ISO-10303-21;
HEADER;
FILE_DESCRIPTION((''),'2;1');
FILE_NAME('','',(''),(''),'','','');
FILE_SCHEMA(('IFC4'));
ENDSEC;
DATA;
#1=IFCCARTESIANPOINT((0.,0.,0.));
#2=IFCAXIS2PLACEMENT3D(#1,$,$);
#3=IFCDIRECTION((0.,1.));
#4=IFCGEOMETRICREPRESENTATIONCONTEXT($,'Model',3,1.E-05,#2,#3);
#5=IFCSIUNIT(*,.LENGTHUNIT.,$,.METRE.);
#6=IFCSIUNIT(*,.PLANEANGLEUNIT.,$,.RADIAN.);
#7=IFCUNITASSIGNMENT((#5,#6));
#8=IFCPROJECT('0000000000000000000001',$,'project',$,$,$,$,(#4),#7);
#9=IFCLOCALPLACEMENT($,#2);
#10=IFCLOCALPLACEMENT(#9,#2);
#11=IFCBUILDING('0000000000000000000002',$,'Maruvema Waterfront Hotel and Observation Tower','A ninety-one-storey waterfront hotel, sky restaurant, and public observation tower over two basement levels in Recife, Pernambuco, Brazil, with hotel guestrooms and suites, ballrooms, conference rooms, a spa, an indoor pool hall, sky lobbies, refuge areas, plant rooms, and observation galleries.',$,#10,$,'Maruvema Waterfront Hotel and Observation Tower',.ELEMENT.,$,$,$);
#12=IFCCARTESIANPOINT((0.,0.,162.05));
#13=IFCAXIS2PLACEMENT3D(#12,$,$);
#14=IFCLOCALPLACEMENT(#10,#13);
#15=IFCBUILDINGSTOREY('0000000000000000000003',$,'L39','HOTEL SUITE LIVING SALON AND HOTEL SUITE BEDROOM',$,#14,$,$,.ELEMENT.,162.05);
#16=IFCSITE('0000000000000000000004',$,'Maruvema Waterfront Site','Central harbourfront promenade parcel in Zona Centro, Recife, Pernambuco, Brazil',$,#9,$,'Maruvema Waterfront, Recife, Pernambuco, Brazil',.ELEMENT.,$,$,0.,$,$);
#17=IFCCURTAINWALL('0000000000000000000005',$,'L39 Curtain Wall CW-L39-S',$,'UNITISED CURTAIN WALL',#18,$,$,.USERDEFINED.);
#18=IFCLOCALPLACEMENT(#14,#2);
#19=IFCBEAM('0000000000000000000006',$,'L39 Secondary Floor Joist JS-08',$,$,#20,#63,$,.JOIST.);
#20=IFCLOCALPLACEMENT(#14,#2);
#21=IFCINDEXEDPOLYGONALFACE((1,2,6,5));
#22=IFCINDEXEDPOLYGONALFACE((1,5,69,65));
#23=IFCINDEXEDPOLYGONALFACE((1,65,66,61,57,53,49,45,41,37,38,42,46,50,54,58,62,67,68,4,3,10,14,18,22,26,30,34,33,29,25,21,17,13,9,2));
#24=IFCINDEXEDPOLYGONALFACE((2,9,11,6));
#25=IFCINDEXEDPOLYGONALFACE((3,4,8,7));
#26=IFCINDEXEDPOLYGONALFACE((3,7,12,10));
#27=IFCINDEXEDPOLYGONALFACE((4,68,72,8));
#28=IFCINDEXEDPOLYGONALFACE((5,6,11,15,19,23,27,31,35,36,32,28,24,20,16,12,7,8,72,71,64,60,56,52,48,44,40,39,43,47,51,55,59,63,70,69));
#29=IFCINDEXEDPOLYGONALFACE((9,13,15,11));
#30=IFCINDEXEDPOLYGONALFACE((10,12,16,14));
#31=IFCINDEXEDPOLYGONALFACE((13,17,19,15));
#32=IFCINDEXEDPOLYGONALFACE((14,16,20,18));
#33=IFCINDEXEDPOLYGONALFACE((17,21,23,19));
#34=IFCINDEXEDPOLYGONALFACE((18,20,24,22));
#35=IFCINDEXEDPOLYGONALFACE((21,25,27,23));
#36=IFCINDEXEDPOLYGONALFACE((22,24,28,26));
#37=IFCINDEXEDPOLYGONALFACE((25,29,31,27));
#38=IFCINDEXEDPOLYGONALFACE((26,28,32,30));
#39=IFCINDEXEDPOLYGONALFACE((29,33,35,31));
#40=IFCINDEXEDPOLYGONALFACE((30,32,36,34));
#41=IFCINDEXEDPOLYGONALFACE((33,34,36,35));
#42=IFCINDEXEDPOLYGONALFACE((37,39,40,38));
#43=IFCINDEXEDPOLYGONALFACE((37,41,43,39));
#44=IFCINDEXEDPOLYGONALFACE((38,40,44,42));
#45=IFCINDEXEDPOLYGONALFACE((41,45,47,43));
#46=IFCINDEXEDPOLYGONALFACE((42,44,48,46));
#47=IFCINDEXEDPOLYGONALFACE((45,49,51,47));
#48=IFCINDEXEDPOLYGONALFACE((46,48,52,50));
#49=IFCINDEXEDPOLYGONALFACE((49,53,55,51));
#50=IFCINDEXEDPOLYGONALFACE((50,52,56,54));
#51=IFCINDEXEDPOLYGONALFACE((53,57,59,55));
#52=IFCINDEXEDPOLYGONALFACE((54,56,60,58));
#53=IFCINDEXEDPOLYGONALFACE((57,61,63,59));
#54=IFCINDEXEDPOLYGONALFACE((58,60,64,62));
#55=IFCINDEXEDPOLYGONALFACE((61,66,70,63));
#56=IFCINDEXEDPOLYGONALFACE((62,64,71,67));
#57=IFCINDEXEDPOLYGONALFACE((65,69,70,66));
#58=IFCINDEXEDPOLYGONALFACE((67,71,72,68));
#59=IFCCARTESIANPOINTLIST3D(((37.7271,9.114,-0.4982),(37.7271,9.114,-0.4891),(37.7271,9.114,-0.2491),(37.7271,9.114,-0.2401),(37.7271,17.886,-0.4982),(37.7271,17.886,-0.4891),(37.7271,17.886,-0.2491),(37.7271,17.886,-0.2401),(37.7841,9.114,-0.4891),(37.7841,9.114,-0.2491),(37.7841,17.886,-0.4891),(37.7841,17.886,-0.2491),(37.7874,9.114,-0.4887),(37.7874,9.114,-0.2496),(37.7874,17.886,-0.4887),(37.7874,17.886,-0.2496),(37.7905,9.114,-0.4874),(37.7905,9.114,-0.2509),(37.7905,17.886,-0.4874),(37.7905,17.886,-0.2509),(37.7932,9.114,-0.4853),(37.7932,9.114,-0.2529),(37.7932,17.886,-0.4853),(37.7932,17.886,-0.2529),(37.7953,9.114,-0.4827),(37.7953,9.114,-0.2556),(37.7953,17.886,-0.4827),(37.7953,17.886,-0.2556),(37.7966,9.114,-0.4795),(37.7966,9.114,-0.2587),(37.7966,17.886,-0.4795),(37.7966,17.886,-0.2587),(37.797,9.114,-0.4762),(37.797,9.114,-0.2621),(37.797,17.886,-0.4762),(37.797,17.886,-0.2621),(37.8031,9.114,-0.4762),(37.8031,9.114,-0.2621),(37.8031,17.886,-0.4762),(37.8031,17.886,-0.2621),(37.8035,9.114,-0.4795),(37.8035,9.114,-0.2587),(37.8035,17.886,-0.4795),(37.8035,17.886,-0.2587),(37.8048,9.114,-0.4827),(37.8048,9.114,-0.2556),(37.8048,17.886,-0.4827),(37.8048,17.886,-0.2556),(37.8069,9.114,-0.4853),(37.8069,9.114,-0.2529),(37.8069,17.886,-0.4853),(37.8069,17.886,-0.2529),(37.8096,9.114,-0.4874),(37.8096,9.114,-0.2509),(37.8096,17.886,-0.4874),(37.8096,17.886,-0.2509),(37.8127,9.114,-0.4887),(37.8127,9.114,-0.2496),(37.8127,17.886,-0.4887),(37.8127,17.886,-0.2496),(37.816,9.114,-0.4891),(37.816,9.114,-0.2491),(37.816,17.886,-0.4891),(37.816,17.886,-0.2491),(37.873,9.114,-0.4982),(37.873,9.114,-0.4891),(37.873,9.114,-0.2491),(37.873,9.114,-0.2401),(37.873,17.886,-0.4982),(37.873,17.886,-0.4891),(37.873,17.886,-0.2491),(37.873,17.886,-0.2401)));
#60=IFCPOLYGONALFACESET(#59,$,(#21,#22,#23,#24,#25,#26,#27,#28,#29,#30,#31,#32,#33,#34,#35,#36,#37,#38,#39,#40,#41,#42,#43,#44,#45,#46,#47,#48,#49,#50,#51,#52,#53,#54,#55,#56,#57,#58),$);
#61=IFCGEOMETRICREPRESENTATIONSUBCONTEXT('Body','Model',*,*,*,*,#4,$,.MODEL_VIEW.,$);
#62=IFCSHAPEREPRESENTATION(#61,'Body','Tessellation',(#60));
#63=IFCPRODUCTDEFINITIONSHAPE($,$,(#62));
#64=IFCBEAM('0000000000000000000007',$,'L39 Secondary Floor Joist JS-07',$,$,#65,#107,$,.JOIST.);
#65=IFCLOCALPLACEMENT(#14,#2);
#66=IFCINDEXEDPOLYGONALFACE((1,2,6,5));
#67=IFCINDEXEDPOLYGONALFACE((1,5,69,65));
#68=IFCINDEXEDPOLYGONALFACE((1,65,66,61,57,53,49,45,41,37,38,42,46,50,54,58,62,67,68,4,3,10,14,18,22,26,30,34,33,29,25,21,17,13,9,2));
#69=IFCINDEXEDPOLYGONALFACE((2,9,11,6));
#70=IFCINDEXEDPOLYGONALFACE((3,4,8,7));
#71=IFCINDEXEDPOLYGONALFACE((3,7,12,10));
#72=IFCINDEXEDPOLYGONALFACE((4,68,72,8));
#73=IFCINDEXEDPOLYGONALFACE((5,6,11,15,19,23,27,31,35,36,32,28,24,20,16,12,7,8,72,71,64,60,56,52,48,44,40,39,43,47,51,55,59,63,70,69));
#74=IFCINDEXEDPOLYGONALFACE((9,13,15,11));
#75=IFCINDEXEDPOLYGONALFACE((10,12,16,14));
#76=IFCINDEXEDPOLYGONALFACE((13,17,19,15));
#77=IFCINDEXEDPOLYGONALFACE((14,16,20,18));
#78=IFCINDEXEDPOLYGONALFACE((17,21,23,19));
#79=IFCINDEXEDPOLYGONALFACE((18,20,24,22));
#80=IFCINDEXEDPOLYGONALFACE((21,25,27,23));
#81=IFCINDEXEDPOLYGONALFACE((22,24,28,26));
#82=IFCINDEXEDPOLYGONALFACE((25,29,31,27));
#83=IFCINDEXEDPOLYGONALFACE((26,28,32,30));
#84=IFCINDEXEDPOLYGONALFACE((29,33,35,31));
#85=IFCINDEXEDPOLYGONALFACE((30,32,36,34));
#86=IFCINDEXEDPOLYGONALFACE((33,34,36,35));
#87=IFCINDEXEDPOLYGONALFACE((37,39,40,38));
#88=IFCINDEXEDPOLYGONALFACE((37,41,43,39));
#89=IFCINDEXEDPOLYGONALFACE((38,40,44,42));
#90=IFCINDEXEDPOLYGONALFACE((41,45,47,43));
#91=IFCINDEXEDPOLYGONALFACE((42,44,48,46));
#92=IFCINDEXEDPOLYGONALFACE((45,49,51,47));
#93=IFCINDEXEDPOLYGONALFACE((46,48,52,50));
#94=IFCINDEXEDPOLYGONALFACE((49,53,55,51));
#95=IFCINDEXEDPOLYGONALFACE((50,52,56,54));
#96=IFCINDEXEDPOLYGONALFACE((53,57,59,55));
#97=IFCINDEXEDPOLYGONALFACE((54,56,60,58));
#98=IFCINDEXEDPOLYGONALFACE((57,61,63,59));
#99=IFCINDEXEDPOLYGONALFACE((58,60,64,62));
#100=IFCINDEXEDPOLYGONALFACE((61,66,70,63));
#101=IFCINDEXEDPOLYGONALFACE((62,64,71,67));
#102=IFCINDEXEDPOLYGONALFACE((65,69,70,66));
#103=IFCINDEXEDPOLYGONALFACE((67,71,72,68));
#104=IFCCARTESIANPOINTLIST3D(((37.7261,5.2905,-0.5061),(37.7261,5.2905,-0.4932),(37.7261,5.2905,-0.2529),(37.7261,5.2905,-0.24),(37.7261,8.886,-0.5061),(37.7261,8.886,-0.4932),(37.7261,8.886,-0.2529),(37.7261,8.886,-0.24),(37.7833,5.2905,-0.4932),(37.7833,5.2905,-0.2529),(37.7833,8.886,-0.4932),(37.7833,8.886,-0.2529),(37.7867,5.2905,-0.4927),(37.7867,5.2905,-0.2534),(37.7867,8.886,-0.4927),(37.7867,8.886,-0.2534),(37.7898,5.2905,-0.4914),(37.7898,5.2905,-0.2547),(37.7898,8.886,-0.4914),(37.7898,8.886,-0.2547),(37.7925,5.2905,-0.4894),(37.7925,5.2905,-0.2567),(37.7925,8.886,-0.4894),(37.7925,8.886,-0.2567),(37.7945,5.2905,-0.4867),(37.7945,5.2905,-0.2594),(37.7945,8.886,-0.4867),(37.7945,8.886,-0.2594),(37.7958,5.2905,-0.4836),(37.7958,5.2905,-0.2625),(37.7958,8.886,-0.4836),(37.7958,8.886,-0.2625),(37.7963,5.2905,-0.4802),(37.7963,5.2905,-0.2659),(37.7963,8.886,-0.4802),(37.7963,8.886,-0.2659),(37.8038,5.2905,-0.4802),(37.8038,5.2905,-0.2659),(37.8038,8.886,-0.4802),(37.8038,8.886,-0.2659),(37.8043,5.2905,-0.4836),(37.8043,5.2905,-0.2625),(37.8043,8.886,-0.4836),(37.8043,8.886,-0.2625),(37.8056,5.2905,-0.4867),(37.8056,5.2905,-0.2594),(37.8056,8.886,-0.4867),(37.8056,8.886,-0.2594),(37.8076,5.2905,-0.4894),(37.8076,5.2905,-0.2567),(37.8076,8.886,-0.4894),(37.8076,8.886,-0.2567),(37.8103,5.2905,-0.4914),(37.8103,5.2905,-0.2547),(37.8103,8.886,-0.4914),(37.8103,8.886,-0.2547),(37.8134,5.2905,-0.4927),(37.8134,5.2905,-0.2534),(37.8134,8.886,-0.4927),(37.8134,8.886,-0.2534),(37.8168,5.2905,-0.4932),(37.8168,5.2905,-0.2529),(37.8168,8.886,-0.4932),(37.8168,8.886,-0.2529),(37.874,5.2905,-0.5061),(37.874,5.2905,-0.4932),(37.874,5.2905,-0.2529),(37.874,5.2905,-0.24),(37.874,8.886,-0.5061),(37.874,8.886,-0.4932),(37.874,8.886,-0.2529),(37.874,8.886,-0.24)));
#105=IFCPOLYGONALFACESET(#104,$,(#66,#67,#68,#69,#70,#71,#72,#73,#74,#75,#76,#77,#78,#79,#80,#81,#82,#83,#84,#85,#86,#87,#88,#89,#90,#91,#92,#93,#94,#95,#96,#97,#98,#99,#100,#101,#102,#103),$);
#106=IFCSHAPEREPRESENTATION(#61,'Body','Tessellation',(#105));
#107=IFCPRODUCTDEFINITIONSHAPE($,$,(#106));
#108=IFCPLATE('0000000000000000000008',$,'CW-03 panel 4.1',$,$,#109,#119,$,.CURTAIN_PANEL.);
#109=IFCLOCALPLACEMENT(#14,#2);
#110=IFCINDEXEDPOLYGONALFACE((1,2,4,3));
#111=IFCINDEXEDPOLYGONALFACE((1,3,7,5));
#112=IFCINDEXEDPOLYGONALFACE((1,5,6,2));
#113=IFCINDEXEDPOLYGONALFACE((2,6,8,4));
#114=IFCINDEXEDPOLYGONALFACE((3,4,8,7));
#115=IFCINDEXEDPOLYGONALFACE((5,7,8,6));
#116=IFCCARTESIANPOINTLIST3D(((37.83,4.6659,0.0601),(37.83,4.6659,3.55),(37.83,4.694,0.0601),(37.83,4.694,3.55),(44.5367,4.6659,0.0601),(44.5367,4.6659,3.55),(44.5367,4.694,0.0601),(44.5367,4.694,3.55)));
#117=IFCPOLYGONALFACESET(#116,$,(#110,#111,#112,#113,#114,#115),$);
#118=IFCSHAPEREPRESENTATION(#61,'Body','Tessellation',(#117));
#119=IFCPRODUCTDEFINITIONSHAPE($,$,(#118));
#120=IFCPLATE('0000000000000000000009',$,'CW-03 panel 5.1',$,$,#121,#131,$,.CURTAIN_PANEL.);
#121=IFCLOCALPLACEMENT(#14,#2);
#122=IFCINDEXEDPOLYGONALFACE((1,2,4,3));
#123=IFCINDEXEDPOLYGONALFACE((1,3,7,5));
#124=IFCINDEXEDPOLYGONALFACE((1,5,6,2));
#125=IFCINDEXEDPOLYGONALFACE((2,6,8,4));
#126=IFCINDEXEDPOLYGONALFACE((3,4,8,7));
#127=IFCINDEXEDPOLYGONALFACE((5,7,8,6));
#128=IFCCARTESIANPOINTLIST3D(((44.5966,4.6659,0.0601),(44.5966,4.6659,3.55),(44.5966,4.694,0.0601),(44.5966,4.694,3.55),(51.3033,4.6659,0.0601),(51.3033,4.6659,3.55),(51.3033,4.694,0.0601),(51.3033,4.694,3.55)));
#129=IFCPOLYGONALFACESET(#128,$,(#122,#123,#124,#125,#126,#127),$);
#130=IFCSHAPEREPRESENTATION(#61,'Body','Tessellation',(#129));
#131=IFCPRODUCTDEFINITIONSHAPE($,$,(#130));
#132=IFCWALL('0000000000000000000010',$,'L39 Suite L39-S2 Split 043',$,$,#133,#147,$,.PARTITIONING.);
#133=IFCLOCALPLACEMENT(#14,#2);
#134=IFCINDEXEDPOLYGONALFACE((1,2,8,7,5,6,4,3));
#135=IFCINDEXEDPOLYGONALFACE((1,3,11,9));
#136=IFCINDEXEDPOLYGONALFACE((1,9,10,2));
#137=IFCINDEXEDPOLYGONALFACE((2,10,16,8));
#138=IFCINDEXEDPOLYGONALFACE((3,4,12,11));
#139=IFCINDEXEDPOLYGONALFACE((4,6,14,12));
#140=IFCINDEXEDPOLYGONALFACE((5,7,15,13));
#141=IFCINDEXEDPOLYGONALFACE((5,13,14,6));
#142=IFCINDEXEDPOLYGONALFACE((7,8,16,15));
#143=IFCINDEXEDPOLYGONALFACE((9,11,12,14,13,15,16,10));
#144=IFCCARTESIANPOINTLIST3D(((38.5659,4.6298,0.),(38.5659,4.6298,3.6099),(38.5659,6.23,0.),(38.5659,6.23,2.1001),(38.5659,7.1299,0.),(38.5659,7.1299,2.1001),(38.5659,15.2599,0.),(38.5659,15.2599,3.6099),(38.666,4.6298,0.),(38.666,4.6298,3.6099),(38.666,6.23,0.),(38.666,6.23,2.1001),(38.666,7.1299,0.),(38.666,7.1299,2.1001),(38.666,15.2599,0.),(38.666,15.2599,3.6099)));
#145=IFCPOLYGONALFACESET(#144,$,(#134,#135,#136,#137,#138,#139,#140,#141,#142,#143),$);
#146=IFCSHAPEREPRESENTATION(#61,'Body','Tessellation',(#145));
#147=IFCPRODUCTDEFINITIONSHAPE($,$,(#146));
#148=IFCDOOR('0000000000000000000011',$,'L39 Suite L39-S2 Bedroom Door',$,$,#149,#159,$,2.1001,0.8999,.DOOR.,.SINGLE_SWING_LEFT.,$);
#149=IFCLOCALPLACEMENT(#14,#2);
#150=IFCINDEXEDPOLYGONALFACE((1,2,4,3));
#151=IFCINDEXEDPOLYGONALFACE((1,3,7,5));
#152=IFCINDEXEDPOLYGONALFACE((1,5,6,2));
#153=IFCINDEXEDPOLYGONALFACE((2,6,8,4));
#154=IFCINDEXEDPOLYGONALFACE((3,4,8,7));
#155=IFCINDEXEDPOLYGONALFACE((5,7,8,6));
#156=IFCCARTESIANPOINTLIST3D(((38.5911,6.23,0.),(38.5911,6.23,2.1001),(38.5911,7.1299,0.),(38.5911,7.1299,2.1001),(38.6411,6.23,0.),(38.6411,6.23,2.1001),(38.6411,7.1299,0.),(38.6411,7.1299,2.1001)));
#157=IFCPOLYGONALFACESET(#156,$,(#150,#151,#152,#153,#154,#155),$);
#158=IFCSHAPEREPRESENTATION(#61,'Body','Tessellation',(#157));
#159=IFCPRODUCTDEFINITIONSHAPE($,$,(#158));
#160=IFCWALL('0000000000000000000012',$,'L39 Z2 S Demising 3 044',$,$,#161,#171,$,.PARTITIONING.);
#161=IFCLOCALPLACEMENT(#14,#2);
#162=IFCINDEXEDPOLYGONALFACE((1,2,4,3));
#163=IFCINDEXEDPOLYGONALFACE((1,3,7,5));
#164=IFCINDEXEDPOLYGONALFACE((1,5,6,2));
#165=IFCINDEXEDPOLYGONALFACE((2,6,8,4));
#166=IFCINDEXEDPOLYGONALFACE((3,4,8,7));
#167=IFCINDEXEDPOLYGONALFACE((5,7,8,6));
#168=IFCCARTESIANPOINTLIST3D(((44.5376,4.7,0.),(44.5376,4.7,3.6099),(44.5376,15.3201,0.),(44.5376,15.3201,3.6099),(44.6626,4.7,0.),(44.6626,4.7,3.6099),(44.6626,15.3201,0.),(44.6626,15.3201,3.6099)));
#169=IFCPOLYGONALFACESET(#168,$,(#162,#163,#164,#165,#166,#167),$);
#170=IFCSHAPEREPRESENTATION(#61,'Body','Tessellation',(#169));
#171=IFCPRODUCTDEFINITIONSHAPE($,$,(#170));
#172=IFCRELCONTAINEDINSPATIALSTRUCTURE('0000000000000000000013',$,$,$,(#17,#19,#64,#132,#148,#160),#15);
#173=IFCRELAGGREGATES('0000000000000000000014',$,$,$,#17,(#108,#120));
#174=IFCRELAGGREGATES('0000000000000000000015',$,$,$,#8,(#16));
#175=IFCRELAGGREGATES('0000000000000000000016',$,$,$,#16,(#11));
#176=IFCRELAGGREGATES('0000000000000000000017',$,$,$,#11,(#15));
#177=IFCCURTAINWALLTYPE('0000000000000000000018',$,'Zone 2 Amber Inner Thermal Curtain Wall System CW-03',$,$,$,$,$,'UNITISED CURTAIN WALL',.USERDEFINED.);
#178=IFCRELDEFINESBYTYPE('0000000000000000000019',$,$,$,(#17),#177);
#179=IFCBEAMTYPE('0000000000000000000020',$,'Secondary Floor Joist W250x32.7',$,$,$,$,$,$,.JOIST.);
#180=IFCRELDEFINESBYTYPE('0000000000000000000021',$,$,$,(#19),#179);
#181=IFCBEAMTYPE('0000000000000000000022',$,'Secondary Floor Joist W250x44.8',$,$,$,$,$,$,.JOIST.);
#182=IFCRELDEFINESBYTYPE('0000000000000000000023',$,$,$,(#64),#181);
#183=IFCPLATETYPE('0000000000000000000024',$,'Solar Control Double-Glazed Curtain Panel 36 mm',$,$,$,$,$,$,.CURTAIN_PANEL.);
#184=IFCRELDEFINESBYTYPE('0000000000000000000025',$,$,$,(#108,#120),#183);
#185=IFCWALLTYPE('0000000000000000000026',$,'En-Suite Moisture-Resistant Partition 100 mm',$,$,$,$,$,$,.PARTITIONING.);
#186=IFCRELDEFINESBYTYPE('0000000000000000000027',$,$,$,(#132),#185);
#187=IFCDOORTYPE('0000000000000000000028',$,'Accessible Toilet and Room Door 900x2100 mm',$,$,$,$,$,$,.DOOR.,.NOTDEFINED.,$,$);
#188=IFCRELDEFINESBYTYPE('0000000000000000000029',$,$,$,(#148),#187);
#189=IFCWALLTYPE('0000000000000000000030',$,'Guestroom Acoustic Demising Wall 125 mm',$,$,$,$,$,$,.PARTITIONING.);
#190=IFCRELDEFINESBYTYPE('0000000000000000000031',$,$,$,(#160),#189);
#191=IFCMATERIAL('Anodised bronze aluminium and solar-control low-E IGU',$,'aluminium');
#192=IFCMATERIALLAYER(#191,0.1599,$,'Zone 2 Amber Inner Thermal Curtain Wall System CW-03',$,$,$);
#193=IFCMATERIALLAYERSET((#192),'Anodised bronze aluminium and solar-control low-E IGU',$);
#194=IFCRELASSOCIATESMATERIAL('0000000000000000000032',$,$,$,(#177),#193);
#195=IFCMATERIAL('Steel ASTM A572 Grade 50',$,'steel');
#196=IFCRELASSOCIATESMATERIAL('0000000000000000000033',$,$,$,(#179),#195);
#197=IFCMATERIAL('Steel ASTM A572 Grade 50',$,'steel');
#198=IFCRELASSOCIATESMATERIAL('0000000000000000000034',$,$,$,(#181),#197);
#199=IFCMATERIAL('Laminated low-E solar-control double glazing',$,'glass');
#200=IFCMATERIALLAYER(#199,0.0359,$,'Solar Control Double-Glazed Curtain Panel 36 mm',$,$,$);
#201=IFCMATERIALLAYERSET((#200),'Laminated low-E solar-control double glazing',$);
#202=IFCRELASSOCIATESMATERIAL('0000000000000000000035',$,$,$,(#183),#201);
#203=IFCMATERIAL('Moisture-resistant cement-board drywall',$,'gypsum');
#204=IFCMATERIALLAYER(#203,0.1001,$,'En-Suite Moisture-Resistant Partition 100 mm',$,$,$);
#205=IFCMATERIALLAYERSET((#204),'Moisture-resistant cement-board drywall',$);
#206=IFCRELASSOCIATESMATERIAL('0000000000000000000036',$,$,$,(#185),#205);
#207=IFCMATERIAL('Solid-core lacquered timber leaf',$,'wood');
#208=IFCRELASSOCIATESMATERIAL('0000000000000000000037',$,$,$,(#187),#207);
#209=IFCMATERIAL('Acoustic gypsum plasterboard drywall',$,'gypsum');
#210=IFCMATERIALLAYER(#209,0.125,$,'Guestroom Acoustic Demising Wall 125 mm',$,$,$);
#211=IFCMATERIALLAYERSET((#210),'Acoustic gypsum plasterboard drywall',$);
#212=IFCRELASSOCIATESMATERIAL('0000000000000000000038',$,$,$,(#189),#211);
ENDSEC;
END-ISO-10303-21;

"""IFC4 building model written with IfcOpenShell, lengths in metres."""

from ifc_helpers import new_model, si_unit, direction, frame, frame_2d, origin, origin_2d, place, context, subcontext, project, spatial, rectangle, i_section, extrude, material, layer, layer_set, material_profile, profile_set, type_object, element, fill, aggregate, save


model = new_model("IFC4")

# Units and contexts
model_context = context("Model", 3, precision=1e-05, world=origin(), true_north=direction((0.0, 1.0)))
body_context = subcontext(model_context, "Body", "Model", "MODEL_VIEW")
ifc_project = project(units=[si_unit("LENGTHUNIT", "METRE"), si_unit("PLANEANGLEUNIT", "RADIAN")], contexts=[model_context])

# Site, building, storey
site_placement = place(None, origin())
site = spatial("IfcSite", under=ifc_project, at=site_placement, Name="Maruvema Waterfront Site", Description="Central harbourfront promenade parcel in Zona Centro, Recife, Pernambuco, Brazil", LongName="Maruvema Waterfront, Recife, Pernambuco, Brazil", CompositionType="ELEMENT", RefElevation=0.0)
building_placement = place(site_placement, origin())
building = spatial("IfcBuilding", under=site, at=building_placement, Name="Maruvema Waterfront Hotel and Observation Tower", Description="A ninety-one-storey waterfront hotel, sky restaurant, and public observation tower over two basement levels in Recife, Pernambuco, Brazil, with hotel guestrooms and suites, ballrooms, conference rooms, a spa, an indoor pool hall, sky lobbies, refuge areas, plant rooms, and observation galleries.", LongName="Maruvema Waterfront Hotel and Observation Tower", CompositionType="ELEMENT")
storey_placement = place(building_placement, frame((0.0, 0.0, 162.05)))
storey = spatial("IfcBuildingStorey", under=building, at=storey_placement, Name="L39", Description="HOTEL SUITE LIVING SALON AND HOTEL SUITE BEDROOM", CompositionType="ELEMENT", Elevation=162.05)

# Curtain wall
ifc_material_1 = material(Name="Anodised bronze aluminium and solar-control low-E IGU", Category="aluminium")
ifc_layer_1 = layer(ifc_material_1, 0.1599, Name="Zone 2 Amber Inner Thermal Curtain Wall System CW-03")
ifc_layer_set_1 = layer_set([ifc_layer_1], Name="Anodised bronze aluminium and solar-control low-E IGU")
curtain_wall_type = type_object("IfcCurtainWallType", Name="Zone 2 Amber Inner Thermal Curtain Wall System CW-03", ElementType="UNITISED CURTAIN WALL", PredefinedType="USERDEFINED", material=ifc_layer_set_1)
curtain_wall_placement = place(storey_placement, origin())
curtain_wall = element("IfcCurtainWall", 1, at=curtain_wall_placement, inside=storey, type_object=curtain_wall_type, Name="L39 Curtain Wall CW-L39-S", ObjectType="UNITISED CURTAIN WALL", PredefinedType="USERDEFINED")

# Beams
ifc_material_2 = material(Name="Steel ASTM A572 Grade 50", Category="steel")
ifc_material_profile_1 = material_profile(ifc_material_2, i_section(OverallWidth=0.146, OverallDepth=0.2581, WebThickness=0.0061, FlangeThickness=0.009, FilletRadius=0.0129, at=origin_2d()), Name="W250x32.7")
ifc_profile_set_1 = profile_set([ifc_material_profile_1], Name="Steel ASTM A572 Grade 50")
beam_type_1 = type_object("IfcBeamType", Name="Secondary Floor Joist W250x32.7", PredefinedType="JOIST", material=ifc_profile_set_1)
beam_1_placement = place(storey_placement, frame((37.8, 9.114, -0.3691), z_axis=(0.0, 1.0, 0.0), x_axis=(-1.0, 0.0, 0.0)))
element("IfcBeam", 2, at=beam_1_placement, inside=storey, type_object=beam_type_1, Name="L39 Secondary Floor Joist JS-08", PredefinedType="JOIST", context=body_context, shape_type="SweptSolid", body=[
    extrude(i_section(OverallWidth=0.146, OverallDepth=0.2581, WebThickness=0.0061, FlangeThickness=0.009, FilletRadius=0.0129, at=origin_2d()), origin(), (0.0, 0.0, 1.0), 8.772),
])
ifc_material_3 = material(Name="Steel ASTM A572 Grade 50", Category="steel")
ifc_material_profile_2 = material_profile(ifc_material_3, i_section(OverallWidth=0.1479, OverallDepth=0.2661, WebThickness=0.0076, FlangeThickness=0.0129, FilletRadius=0.0129, at=origin_2d()), Name="W250x44.8")
ifc_profile_set_2 = profile_set([ifc_material_profile_2], Name="Steel ASTM A572 Grade 50")
beam_type_2 = type_object("IfcBeamType", Name="Secondary Floor Joist W250x44.8", PredefinedType="JOIST", material=ifc_profile_set_2)
beam_2_placement = place(storey_placement, frame((37.8, 5.2905, -0.373), z_axis=(0.0, 1.0, 0.0), x_axis=(-1.0, 0.0, 0.0)))
element("IfcBeam", 3, at=beam_2_placement, inside=storey, type_object=beam_type_2, Name="L39 Secondary Floor Joist JS-07", PredefinedType="JOIST", context=body_context, shape_type="SweptSolid", body=[
    extrude(i_section(OverallWidth=0.1479, OverallDepth=0.2661, WebThickness=0.0076, FlangeThickness=0.0129, FilletRadius=0.0129, at=origin_2d()), origin(), (0.0, 0.0, 1.0), 3.5955),
])

# Plates
ifc_material_4 = material(Name="Laminated low-E solar-control double glazing", Category="glass")
ifc_layer_2 = layer(ifc_material_4, 0.0359, Name="Solar Control Double-Glazed Curtain Panel 36 mm")
ifc_layer_set_2 = layer_set([ifc_layer_2], Name="Laminated low-E solar-control double glazing")
plate_type = type_object("IfcPlateType", Name="Solar Control Double-Glazed Curtain Panel 36 mm", PredefinedType="CURTAIN_PANEL", material=ifc_layer_set_2)
plate_1_placement = place(storey_placement, frame((41.1833, 4.6799, 0.0601), z_axis=(0.0, 0.0, 1.0), x_axis=(1.0, 0.0, 0.0)))
plate_1 = element("IfcPlate", 4, at=plate_1_placement, type_object=plate_type, Name="CW-03 panel 4.1", PredefinedType="CURTAIN_PANEL", context=body_context, shape_type="SweptSolid", body=[
    extrude(rectangle(XDim=6.7068, YDim=0.0281, at=origin_2d()), origin(), (0.0, 0.0, 1.0), 3.49),
])
plate_2_placement = place(storey_placement, frame((47.95, 4.6799, 0.0601), z_axis=(0.0, 0.0, 1.0), x_axis=(1.0, 0.0, 0.0)))
plate_2 = element("IfcPlate", 5, at=plate_2_placement, type_object=plate_type, Name="CW-03 panel 5.1", PredefinedType="CURTAIN_PANEL", context=body_context, shape_type="SweptSolid", body=[
    extrude(rectangle(XDim=6.7068, YDim=0.0281, at=origin_2d()), origin(), (0.0, 0.0, 1.0), 3.49),
])
aggregate(curtain_wall, [plate_1, plate_2])

# Wall, opening, door
ifc_material_5 = material(Name="Moisture-resistant cement-board drywall", Category="gypsum")
ifc_layer_3 = layer(ifc_material_5, 0.1001, Name="En-Suite Moisture-Resistant Partition 100 mm")
ifc_layer_set_3 = layer_set([ifc_layer_3], Name="Moisture-resistant cement-board drywall")
wall_type_1 = type_object("IfcWallType", Name="En-Suite Moisture-Resistant Partition 100 mm", PredefinedType="PARTITIONING", material=ifc_layer_set_3)
wall_1_placement = place(storey_placement, frame((38.616, 4.6299, 0.0), z_axis=(0.0, 0.0, 1.0), x_axis=(0.0, 1.0, 0.0)))
wall_1 = element("IfcWall", 6, at=wall_1_placement, inside=storey, type_object=wall_type_1, Name="L39 Suite L39-S2 Split 043", PredefinedType="PARTITIONING", context=body_context, shape_type="SweptSolid", body=[
    extrude(rectangle(XDim=10.6301, YDim=0.1001, at=frame_2d((5.3149, 0.0))), origin(), (0.0, 0.0, 1.0), 3.6099),
])
opening_placement = place(wall_1_placement, frame((1.6001, 0.0, 0.0)))
opening = element("IfcOpeningElement", 7, at=opening_placement, cuts=wall_1, PredefinedType="OPENING", context=body_context, shape_type="SweptSolid", body=[
    extrude(rectangle(XDim=0.8999, YDim=2.1001, at=frame_2d((0.45, 1.05))), frame((0.0, 0.0601, 0.0), z_axis=(0.0, -1.0, 0.0), x_axis=(1.0, 0.0, 0.0)), (0.0, 0.0, 1.0), 0.1201),
])
ifc_material_6 = material(Name="Solid-core lacquered timber leaf", Category="wood")
door_type = type_object("IfcDoorType", Name="Accessible Toilet and Room Door 900x2100 mm", OperationType="NOTDEFINED", PredefinedType="DOOR", material=ifc_material_6)
door_placement = place(opening_placement, origin())
door = element("IfcDoor", 8, at=door_placement, inside=storey, type_object=door_type, Name="L39 Suite L39-S2 Bedroom Door", OperationType="SINGLE_SWING_LEFT", OverallHeight=2.1001, OverallWidth=0.8999, PredefinedType="DOOR", context=body_context, shape_type="SweptSolid", body=[
    extrude(rectangle(XDim=0.8999, YDim=2.1001, at=frame_2d((0.45, 1.05))), frame((0.0, 0.0249, 0.0), z_axis=(0.0, -1.0, 0.0), x_axis=(1.0, 0.0, 0.0)), (0.0, 0.0, 1.0), 0.05),
])
fill(opening, door)

# Wall
ifc_material_7 = material(Name="Acoustic gypsum plasterboard drywall", Category="gypsum")
ifc_layer_4 = layer(ifc_material_7, 0.125, Name="Guestroom Acoustic Demising Wall 125 mm")
ifc_layer_set_4 = layer_set([ifc_layer_4], Name="Acoustic gypsum plasterboard drywall")
wall_type_2 = type_object("IfcWallType", Name="Guestroom Acoustic Demising Wall 125 mm", PredefinedType="PARTITIONING", material=ifc_layer_set_4)
wall_2_placement = place(storey_placement, frame((44.6001, 4.7, 0.0), z_axis=(0.0, 0.0, 1.0), x_axis=(0.0, 1.0, 0.0)))
element("IfcWall", 9, at=wall_2_placement, inside=storey, type_object=wall_type_2, Name="L39 Z2 S Demising 3 044", PredefinedType="PARTITIONING", context=body_context, shape_type="SweptSolid", body=[
    extrude(rectangle(XDim=10.6201, YDim=0.125, at=frame_2d((5.3101, 0.0))), origin(), (0.0, 0.0, 1.0), 3.6099),
])

save(model, "model.ifc")
